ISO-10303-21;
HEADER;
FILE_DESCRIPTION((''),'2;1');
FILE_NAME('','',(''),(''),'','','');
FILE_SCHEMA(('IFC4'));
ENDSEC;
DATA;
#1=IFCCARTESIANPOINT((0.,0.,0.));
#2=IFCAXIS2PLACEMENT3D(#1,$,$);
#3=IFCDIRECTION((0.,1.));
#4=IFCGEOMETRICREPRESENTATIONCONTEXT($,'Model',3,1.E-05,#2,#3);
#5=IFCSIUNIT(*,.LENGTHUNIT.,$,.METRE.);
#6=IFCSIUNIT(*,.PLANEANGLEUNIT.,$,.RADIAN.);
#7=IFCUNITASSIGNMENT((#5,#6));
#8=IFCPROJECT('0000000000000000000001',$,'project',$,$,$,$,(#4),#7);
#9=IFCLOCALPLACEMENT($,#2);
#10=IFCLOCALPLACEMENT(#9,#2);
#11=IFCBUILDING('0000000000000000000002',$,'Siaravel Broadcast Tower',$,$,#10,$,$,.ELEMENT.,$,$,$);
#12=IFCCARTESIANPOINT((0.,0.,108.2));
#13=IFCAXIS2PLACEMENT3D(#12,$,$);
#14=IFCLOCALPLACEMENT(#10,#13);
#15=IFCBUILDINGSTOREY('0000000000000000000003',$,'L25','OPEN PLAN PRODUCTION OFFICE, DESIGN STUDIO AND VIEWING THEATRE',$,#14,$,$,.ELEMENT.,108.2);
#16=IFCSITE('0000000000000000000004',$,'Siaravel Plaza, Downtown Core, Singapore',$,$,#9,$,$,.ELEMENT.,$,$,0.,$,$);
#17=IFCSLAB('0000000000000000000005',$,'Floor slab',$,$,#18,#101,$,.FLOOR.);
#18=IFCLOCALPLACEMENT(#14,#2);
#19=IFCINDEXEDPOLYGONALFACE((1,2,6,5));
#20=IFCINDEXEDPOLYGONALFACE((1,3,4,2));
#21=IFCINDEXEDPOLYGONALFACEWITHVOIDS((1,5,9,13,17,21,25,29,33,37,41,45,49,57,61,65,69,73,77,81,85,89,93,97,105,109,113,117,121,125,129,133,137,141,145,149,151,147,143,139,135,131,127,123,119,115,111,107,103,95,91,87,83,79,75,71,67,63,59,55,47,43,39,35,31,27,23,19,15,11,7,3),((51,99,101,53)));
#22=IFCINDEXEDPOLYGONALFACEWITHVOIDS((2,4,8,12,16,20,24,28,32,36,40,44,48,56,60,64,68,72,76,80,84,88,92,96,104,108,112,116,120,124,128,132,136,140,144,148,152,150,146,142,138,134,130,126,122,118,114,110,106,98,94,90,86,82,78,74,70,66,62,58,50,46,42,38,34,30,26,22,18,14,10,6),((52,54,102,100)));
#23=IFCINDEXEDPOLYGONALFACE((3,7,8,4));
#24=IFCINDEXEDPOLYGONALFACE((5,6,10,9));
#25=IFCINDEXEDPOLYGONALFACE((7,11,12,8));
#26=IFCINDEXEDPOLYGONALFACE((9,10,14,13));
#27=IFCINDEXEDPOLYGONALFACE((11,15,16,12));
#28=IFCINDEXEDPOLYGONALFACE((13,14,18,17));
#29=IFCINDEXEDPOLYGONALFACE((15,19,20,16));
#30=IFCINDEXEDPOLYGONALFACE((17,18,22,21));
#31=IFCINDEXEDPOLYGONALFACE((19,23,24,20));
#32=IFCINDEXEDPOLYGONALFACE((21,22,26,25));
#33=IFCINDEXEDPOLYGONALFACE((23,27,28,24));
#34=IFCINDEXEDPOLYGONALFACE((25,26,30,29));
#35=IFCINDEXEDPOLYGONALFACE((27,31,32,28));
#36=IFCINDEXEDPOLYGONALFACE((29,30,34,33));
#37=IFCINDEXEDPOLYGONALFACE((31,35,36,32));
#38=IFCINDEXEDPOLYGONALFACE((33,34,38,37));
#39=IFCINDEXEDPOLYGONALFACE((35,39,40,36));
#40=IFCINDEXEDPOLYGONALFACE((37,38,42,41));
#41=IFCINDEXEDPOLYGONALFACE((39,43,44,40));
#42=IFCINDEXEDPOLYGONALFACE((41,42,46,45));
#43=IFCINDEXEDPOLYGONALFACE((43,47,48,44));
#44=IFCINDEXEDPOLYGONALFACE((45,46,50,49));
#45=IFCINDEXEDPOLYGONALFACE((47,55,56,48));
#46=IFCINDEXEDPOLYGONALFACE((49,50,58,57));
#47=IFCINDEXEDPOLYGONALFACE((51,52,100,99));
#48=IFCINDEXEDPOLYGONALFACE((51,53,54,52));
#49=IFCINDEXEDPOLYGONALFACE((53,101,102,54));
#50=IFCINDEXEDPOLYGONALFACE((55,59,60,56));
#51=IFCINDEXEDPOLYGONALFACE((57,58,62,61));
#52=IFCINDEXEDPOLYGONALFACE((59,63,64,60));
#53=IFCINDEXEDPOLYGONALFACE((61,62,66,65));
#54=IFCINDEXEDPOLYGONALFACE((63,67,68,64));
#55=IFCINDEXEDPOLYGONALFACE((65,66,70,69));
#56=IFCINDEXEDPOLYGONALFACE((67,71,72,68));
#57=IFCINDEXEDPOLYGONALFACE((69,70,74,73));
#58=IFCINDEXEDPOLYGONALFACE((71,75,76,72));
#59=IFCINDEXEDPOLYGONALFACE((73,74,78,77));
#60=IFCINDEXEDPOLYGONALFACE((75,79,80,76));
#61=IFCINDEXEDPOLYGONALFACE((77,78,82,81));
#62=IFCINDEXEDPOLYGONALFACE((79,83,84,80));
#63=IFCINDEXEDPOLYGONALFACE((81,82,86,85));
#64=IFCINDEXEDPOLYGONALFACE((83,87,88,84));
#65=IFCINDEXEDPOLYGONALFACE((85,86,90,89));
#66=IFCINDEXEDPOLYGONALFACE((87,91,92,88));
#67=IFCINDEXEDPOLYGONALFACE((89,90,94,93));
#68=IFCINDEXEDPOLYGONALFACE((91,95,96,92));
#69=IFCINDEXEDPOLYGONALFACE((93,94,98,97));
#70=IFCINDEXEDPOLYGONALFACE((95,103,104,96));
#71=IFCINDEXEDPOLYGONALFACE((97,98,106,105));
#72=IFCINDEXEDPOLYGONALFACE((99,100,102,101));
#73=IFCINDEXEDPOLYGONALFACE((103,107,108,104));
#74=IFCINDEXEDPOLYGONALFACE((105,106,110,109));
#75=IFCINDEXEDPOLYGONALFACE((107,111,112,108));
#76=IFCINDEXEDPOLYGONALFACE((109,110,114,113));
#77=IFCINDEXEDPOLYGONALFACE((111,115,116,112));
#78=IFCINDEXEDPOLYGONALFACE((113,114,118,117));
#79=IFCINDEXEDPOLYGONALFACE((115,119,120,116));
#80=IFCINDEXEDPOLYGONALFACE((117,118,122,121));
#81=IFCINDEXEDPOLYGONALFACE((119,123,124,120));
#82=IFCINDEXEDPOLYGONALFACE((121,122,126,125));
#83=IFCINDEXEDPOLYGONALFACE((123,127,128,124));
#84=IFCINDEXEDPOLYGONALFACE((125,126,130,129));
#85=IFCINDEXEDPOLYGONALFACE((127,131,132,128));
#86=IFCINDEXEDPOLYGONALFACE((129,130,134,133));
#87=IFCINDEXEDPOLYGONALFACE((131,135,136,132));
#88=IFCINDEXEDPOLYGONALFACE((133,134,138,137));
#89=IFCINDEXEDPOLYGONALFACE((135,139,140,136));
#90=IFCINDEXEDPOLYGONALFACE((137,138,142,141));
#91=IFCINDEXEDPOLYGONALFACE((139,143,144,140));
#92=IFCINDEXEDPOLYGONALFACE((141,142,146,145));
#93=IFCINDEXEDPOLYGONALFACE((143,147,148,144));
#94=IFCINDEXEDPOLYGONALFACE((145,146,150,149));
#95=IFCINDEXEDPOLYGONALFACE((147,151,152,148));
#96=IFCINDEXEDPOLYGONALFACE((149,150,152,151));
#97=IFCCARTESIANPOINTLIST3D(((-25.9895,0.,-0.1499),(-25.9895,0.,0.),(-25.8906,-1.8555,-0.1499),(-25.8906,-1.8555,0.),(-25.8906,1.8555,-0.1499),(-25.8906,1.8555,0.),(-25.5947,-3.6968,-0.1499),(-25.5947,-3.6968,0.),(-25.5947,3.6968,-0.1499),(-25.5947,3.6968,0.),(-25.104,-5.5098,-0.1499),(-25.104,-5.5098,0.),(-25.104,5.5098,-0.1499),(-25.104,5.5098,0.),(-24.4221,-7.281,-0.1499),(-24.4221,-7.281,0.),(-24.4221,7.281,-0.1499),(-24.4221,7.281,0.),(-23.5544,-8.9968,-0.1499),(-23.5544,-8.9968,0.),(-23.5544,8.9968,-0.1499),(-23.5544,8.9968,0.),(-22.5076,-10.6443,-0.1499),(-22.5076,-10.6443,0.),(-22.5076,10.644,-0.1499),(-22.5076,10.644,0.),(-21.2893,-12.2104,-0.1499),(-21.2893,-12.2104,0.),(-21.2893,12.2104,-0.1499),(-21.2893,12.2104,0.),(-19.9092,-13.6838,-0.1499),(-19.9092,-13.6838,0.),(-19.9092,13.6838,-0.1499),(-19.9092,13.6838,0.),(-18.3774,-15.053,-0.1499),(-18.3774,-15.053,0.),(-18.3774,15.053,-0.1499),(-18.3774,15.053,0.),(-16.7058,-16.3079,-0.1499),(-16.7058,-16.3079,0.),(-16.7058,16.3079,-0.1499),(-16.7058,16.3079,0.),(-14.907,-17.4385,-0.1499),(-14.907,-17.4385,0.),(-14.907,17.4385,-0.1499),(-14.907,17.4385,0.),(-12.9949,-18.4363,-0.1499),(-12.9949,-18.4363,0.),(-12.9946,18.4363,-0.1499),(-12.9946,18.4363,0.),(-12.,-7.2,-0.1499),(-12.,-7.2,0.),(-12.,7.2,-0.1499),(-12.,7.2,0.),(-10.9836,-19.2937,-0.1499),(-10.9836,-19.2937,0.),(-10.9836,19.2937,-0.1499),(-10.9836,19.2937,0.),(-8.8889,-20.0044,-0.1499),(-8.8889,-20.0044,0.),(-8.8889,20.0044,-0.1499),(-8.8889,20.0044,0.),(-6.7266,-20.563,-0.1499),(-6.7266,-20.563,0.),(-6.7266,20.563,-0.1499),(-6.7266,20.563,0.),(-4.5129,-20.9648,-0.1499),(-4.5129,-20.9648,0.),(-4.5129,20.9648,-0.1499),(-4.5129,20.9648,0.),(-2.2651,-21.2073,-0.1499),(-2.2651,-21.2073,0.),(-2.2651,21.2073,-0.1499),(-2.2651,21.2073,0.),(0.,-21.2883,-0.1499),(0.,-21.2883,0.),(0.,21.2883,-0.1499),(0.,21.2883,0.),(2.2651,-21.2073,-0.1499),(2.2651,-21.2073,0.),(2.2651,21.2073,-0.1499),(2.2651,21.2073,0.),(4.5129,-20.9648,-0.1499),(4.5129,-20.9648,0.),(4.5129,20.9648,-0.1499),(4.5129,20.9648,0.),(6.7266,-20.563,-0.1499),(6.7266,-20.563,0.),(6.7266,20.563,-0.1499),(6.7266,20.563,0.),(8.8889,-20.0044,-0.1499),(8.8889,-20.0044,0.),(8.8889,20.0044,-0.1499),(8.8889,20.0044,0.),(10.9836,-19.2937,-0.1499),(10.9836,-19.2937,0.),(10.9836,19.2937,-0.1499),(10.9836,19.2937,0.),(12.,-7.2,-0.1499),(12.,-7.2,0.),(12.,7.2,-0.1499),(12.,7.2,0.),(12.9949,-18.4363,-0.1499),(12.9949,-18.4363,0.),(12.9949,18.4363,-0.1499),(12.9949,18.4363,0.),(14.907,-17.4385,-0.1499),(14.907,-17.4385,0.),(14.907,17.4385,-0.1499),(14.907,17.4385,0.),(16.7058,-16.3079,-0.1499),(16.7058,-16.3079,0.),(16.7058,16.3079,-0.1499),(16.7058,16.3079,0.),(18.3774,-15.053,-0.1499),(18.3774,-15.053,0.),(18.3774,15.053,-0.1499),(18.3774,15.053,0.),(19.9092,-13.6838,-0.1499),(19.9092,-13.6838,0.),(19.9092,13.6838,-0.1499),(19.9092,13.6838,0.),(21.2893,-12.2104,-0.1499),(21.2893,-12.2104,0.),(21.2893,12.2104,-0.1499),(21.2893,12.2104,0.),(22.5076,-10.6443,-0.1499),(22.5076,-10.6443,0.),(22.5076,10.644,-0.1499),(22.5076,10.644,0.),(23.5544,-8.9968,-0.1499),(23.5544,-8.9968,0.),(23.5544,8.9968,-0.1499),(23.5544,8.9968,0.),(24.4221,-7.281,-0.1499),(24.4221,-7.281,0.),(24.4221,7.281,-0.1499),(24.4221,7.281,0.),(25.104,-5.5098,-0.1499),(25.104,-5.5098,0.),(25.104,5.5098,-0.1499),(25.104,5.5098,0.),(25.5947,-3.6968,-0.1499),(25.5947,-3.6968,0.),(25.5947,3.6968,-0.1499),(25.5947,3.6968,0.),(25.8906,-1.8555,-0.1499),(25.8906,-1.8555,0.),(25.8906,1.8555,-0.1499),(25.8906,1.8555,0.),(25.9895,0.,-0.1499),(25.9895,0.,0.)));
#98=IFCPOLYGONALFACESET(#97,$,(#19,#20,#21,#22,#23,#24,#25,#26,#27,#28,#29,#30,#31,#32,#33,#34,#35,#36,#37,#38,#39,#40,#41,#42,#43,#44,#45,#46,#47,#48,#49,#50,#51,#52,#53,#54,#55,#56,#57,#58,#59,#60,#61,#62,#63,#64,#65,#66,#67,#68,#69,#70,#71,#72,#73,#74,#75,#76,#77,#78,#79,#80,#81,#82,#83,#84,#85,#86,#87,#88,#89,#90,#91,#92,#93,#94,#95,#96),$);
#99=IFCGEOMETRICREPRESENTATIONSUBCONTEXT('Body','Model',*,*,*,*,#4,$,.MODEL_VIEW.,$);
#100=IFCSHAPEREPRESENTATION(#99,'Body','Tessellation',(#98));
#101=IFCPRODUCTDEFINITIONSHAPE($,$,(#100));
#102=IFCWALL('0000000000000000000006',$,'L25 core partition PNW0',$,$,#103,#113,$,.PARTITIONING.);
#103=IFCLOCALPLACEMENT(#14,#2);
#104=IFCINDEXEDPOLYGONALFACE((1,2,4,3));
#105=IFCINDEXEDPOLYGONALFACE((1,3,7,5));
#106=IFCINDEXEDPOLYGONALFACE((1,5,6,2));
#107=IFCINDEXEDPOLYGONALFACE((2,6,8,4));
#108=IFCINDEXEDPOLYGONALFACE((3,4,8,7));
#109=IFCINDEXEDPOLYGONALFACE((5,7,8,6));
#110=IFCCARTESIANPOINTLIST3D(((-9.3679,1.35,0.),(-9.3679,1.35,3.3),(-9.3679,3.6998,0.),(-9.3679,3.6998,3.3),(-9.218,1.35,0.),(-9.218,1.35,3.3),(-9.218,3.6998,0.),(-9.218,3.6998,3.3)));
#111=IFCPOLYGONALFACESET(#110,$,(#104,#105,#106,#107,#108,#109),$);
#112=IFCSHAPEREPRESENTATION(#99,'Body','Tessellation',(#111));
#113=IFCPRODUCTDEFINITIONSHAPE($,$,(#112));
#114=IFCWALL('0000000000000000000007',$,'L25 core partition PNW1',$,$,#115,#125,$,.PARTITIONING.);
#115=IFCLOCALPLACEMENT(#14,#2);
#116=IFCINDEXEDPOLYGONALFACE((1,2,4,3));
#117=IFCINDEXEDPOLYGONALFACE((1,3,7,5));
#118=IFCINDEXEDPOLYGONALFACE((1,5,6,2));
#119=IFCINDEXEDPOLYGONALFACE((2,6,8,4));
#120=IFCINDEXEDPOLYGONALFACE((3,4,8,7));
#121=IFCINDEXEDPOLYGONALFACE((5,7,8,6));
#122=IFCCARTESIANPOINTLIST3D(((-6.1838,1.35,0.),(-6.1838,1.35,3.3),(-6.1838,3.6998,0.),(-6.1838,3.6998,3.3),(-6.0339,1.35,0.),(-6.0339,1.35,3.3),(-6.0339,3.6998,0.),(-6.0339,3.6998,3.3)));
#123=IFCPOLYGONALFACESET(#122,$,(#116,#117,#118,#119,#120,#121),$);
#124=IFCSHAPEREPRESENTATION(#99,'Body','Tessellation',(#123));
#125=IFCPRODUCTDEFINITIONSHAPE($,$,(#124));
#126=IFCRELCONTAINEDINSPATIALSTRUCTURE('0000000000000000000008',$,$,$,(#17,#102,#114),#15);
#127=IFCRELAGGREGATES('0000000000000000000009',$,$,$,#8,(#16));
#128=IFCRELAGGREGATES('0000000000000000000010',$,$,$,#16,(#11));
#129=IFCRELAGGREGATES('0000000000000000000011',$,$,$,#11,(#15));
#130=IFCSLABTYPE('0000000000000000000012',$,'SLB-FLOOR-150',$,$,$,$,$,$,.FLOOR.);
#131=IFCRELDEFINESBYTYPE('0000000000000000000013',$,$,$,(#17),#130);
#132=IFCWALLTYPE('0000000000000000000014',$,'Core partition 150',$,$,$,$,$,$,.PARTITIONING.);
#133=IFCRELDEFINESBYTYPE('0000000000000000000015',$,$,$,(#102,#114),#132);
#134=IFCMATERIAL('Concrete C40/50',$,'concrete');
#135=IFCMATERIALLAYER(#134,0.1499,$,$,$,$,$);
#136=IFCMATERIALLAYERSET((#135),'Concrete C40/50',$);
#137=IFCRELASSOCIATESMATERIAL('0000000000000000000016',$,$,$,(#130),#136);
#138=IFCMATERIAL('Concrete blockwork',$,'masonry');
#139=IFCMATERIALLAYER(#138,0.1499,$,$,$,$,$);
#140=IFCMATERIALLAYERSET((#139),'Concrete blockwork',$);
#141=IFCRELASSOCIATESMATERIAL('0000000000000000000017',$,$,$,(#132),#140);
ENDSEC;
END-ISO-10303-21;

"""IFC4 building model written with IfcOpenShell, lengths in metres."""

from ifc_helpers import new_model, si_unit, direction, frame, frame_2d, origin, place, context, subcontext, project, spatial, polyline, rectangle, outline, extrude, material, layer, layer_set, type_object, element, save


model = new_model("IFC4")

# Units and contexts
model_context = context("Model", 3, precision=1e-05, world=origin(), true_north=direction((0.0, 1.0)))
body_context = subcontext(model_context, "Body", "Model", "MODEL_VIEW")
ifc_project = project(units=[si_unit("LENGTHUNIT", "METRE"), si_unit("PLANEANGLEUNIT", "RADIAN")], contexts=[model_context])

# Site, building, storey
site_placement = place(None, origin())
site = spatial("IfcSite", under=ifc_project, at=site_placement, Name="Siaravel Plaza, Downtown Core, Singapore", CompositionType="ELEMENT", RefElevation=0.0)
building_placement = place(site_placement, origin())
building = spatial("IfcBuilding", under=site, at=building_placement, Name="Siaravel Broadcast Tower", CompositionType="ELEMENT")
storey_placement = place(building_placement, frame((0.0, 0.0, 108.2)))
storey = spatial("IfcBuildingStorey", under=building, at=storey_placement, Name="L25", Description="OPEN PLAN PRODUCTION OFFICE, DESIGN STUDIO AND VIEWING THEATRE", CompositionType="ELEMENT", Elevation=108.2)

# Slab
ifc_material_1 = material(Name="Concrete C40/50", Category="concrete")
ifc_layer_1 = layer(ifc_material_1, 0.1499)
ifc_layer_set_1 = layer_set([ifc_layer_1], Name="Concrete C40/50")
slab_type = type_object("IfcSlabType", Name="SLB-FLOOR-150", PredefinedType="FLOOR", material=ifc_layer_set_1)
slab_placement = place(storey_placement, frame((0.0, 0.0, -0.1499)))
element("IfcSlab", 1, at=slab_placement, inside=storey, type_object=slab_type, Name="Floor slab", PredefinedType="FLOOR", context=body_context, shape_type="SweptSolid", body=[
    extrude(outline(polyline([(25.9895, 0.0), (25.8906, 1.8555), (25.5947, 3.6968), (25.104, 5.5098), (24.4221, 7.281), (23.5544, 8.9968), (22.5076, 10.644), (21.2893, 12.2104), (19.9092, 13.6838), (18.3774, 15.053), (16.7058, 16.3079), (14.907, 17.4385), (12.9949, 18.4363), (10.9836, 19.2937), (8.8889, 20.0044), (6.7266, 20.563), (4.5129, 20.9648), (2.2651, 21.2073), (0.0, 21.2883), (-2.2651, 21.2073), (-4.5129, 20.9648), (-6.7266, 20.563), (-8.8889, 20.0044), (-10.9836, 19.2937), (-12.9946, 18.4363), (-14.907, 17.4385), (-16.7058, 16.3079), (-18.3774, 15.053), (-19.9092, 13.6838), (-21.2893, 12.2104), (-22.5076, 10.644), (-23.5544, 8.9968), (-24.4221, 7.281), (-25.104, 5.5098), (-25.5947, 3.6968), (-25.8906, 1.8555), (-25.9895, 0.0), (-25.8906, -1.8555), (-25.5947, -3.6968), (-25.104, -5.5098), (-24.4221, -7.281), (-23.5544, -8.9968), (-22.5076, -10.6443), (-21.2893, -12.2104), (-19.9092, -13.6838), (-18.3774, -15.053), (-16.7058, -16.3079), (-14.907, -17.4385), (-12.9949, -18.4363), (-10.9836, -19.2937), (-8.8889, -20.0044), (-6.7266, -20.563), (-4.5129, -20.9648), (-2.2651, -21.2073), (0.0, -21.2883), (2.2651, -21.2073), (4.5129, -20.9648), (6.7266, -20.563), (8.8889, -20.0044), (10.9836, -19.2937), (12.9949, -18.4363), (14.907, -17.4385), (16.7058, -16.3079), (18.3774, -15.053), (19.9092, -13.6838), (21.2893, -12.2104), (22.5076, -10.6443), (23.5544, -8.9968), (24.4221, -7.281), (25.104, -5.5098), (25.5947, -3.6968), (25.8906, -1.8555), (25.9895, 0.0)]), holes=[polyline([(-12.0, 7.2), (12.0, 7.2), (12.0, -7.2), (-12.0, -7.2), (-12.0, 7.2)])]), origin(), (0.0, 0.0, 1.0), 0.1499),
])

# Walls
ifc_material_2 = material(Name="Concrete blockwork", Category="masonry")
ifc_layer_2 = layer(ifc_material_2, 0.1499)
ifc_layer_set_2 = layer_set([ifc_layer_2], Name="Concrete blockwork")
wall_type_1 = type_object("IfcWallType", Name="Core partition 150", PredefinedType="PARTITIONING", material=ifc_layer_set_2)
for number, where, z_axis, x_axis, name in (
    (2, (-9.293, 1.3501, 0.0), (0.0, 0.0, 1.0), (0.0, 1.0, 0.0), "L25 core partition PNW0"),
    (3, (-6.1089, 1.3501, 0.0), (0.0, 0.0, 1.0), (0.0, 1.0, 0.0), "L25 core partition PNW1"),
):
    element("IfcWall", number, at=place(storey_placement, frame(where, z_axis=z_axis, x_axis=x_axis)), inside=storey, type_object=wall_type_1, Name=name, PredefinedType="PARTITIONING", context=body_context, shape_type="SweptSolid", body=[
        extrude(rectangle(XDim=2.3499, YDim=0.1499, at=frame_2d((1.1748, 0.0))), origin(), (0.0, 0.0, 1.0), 3.3),
    ])

save(model, "model.ifc")
